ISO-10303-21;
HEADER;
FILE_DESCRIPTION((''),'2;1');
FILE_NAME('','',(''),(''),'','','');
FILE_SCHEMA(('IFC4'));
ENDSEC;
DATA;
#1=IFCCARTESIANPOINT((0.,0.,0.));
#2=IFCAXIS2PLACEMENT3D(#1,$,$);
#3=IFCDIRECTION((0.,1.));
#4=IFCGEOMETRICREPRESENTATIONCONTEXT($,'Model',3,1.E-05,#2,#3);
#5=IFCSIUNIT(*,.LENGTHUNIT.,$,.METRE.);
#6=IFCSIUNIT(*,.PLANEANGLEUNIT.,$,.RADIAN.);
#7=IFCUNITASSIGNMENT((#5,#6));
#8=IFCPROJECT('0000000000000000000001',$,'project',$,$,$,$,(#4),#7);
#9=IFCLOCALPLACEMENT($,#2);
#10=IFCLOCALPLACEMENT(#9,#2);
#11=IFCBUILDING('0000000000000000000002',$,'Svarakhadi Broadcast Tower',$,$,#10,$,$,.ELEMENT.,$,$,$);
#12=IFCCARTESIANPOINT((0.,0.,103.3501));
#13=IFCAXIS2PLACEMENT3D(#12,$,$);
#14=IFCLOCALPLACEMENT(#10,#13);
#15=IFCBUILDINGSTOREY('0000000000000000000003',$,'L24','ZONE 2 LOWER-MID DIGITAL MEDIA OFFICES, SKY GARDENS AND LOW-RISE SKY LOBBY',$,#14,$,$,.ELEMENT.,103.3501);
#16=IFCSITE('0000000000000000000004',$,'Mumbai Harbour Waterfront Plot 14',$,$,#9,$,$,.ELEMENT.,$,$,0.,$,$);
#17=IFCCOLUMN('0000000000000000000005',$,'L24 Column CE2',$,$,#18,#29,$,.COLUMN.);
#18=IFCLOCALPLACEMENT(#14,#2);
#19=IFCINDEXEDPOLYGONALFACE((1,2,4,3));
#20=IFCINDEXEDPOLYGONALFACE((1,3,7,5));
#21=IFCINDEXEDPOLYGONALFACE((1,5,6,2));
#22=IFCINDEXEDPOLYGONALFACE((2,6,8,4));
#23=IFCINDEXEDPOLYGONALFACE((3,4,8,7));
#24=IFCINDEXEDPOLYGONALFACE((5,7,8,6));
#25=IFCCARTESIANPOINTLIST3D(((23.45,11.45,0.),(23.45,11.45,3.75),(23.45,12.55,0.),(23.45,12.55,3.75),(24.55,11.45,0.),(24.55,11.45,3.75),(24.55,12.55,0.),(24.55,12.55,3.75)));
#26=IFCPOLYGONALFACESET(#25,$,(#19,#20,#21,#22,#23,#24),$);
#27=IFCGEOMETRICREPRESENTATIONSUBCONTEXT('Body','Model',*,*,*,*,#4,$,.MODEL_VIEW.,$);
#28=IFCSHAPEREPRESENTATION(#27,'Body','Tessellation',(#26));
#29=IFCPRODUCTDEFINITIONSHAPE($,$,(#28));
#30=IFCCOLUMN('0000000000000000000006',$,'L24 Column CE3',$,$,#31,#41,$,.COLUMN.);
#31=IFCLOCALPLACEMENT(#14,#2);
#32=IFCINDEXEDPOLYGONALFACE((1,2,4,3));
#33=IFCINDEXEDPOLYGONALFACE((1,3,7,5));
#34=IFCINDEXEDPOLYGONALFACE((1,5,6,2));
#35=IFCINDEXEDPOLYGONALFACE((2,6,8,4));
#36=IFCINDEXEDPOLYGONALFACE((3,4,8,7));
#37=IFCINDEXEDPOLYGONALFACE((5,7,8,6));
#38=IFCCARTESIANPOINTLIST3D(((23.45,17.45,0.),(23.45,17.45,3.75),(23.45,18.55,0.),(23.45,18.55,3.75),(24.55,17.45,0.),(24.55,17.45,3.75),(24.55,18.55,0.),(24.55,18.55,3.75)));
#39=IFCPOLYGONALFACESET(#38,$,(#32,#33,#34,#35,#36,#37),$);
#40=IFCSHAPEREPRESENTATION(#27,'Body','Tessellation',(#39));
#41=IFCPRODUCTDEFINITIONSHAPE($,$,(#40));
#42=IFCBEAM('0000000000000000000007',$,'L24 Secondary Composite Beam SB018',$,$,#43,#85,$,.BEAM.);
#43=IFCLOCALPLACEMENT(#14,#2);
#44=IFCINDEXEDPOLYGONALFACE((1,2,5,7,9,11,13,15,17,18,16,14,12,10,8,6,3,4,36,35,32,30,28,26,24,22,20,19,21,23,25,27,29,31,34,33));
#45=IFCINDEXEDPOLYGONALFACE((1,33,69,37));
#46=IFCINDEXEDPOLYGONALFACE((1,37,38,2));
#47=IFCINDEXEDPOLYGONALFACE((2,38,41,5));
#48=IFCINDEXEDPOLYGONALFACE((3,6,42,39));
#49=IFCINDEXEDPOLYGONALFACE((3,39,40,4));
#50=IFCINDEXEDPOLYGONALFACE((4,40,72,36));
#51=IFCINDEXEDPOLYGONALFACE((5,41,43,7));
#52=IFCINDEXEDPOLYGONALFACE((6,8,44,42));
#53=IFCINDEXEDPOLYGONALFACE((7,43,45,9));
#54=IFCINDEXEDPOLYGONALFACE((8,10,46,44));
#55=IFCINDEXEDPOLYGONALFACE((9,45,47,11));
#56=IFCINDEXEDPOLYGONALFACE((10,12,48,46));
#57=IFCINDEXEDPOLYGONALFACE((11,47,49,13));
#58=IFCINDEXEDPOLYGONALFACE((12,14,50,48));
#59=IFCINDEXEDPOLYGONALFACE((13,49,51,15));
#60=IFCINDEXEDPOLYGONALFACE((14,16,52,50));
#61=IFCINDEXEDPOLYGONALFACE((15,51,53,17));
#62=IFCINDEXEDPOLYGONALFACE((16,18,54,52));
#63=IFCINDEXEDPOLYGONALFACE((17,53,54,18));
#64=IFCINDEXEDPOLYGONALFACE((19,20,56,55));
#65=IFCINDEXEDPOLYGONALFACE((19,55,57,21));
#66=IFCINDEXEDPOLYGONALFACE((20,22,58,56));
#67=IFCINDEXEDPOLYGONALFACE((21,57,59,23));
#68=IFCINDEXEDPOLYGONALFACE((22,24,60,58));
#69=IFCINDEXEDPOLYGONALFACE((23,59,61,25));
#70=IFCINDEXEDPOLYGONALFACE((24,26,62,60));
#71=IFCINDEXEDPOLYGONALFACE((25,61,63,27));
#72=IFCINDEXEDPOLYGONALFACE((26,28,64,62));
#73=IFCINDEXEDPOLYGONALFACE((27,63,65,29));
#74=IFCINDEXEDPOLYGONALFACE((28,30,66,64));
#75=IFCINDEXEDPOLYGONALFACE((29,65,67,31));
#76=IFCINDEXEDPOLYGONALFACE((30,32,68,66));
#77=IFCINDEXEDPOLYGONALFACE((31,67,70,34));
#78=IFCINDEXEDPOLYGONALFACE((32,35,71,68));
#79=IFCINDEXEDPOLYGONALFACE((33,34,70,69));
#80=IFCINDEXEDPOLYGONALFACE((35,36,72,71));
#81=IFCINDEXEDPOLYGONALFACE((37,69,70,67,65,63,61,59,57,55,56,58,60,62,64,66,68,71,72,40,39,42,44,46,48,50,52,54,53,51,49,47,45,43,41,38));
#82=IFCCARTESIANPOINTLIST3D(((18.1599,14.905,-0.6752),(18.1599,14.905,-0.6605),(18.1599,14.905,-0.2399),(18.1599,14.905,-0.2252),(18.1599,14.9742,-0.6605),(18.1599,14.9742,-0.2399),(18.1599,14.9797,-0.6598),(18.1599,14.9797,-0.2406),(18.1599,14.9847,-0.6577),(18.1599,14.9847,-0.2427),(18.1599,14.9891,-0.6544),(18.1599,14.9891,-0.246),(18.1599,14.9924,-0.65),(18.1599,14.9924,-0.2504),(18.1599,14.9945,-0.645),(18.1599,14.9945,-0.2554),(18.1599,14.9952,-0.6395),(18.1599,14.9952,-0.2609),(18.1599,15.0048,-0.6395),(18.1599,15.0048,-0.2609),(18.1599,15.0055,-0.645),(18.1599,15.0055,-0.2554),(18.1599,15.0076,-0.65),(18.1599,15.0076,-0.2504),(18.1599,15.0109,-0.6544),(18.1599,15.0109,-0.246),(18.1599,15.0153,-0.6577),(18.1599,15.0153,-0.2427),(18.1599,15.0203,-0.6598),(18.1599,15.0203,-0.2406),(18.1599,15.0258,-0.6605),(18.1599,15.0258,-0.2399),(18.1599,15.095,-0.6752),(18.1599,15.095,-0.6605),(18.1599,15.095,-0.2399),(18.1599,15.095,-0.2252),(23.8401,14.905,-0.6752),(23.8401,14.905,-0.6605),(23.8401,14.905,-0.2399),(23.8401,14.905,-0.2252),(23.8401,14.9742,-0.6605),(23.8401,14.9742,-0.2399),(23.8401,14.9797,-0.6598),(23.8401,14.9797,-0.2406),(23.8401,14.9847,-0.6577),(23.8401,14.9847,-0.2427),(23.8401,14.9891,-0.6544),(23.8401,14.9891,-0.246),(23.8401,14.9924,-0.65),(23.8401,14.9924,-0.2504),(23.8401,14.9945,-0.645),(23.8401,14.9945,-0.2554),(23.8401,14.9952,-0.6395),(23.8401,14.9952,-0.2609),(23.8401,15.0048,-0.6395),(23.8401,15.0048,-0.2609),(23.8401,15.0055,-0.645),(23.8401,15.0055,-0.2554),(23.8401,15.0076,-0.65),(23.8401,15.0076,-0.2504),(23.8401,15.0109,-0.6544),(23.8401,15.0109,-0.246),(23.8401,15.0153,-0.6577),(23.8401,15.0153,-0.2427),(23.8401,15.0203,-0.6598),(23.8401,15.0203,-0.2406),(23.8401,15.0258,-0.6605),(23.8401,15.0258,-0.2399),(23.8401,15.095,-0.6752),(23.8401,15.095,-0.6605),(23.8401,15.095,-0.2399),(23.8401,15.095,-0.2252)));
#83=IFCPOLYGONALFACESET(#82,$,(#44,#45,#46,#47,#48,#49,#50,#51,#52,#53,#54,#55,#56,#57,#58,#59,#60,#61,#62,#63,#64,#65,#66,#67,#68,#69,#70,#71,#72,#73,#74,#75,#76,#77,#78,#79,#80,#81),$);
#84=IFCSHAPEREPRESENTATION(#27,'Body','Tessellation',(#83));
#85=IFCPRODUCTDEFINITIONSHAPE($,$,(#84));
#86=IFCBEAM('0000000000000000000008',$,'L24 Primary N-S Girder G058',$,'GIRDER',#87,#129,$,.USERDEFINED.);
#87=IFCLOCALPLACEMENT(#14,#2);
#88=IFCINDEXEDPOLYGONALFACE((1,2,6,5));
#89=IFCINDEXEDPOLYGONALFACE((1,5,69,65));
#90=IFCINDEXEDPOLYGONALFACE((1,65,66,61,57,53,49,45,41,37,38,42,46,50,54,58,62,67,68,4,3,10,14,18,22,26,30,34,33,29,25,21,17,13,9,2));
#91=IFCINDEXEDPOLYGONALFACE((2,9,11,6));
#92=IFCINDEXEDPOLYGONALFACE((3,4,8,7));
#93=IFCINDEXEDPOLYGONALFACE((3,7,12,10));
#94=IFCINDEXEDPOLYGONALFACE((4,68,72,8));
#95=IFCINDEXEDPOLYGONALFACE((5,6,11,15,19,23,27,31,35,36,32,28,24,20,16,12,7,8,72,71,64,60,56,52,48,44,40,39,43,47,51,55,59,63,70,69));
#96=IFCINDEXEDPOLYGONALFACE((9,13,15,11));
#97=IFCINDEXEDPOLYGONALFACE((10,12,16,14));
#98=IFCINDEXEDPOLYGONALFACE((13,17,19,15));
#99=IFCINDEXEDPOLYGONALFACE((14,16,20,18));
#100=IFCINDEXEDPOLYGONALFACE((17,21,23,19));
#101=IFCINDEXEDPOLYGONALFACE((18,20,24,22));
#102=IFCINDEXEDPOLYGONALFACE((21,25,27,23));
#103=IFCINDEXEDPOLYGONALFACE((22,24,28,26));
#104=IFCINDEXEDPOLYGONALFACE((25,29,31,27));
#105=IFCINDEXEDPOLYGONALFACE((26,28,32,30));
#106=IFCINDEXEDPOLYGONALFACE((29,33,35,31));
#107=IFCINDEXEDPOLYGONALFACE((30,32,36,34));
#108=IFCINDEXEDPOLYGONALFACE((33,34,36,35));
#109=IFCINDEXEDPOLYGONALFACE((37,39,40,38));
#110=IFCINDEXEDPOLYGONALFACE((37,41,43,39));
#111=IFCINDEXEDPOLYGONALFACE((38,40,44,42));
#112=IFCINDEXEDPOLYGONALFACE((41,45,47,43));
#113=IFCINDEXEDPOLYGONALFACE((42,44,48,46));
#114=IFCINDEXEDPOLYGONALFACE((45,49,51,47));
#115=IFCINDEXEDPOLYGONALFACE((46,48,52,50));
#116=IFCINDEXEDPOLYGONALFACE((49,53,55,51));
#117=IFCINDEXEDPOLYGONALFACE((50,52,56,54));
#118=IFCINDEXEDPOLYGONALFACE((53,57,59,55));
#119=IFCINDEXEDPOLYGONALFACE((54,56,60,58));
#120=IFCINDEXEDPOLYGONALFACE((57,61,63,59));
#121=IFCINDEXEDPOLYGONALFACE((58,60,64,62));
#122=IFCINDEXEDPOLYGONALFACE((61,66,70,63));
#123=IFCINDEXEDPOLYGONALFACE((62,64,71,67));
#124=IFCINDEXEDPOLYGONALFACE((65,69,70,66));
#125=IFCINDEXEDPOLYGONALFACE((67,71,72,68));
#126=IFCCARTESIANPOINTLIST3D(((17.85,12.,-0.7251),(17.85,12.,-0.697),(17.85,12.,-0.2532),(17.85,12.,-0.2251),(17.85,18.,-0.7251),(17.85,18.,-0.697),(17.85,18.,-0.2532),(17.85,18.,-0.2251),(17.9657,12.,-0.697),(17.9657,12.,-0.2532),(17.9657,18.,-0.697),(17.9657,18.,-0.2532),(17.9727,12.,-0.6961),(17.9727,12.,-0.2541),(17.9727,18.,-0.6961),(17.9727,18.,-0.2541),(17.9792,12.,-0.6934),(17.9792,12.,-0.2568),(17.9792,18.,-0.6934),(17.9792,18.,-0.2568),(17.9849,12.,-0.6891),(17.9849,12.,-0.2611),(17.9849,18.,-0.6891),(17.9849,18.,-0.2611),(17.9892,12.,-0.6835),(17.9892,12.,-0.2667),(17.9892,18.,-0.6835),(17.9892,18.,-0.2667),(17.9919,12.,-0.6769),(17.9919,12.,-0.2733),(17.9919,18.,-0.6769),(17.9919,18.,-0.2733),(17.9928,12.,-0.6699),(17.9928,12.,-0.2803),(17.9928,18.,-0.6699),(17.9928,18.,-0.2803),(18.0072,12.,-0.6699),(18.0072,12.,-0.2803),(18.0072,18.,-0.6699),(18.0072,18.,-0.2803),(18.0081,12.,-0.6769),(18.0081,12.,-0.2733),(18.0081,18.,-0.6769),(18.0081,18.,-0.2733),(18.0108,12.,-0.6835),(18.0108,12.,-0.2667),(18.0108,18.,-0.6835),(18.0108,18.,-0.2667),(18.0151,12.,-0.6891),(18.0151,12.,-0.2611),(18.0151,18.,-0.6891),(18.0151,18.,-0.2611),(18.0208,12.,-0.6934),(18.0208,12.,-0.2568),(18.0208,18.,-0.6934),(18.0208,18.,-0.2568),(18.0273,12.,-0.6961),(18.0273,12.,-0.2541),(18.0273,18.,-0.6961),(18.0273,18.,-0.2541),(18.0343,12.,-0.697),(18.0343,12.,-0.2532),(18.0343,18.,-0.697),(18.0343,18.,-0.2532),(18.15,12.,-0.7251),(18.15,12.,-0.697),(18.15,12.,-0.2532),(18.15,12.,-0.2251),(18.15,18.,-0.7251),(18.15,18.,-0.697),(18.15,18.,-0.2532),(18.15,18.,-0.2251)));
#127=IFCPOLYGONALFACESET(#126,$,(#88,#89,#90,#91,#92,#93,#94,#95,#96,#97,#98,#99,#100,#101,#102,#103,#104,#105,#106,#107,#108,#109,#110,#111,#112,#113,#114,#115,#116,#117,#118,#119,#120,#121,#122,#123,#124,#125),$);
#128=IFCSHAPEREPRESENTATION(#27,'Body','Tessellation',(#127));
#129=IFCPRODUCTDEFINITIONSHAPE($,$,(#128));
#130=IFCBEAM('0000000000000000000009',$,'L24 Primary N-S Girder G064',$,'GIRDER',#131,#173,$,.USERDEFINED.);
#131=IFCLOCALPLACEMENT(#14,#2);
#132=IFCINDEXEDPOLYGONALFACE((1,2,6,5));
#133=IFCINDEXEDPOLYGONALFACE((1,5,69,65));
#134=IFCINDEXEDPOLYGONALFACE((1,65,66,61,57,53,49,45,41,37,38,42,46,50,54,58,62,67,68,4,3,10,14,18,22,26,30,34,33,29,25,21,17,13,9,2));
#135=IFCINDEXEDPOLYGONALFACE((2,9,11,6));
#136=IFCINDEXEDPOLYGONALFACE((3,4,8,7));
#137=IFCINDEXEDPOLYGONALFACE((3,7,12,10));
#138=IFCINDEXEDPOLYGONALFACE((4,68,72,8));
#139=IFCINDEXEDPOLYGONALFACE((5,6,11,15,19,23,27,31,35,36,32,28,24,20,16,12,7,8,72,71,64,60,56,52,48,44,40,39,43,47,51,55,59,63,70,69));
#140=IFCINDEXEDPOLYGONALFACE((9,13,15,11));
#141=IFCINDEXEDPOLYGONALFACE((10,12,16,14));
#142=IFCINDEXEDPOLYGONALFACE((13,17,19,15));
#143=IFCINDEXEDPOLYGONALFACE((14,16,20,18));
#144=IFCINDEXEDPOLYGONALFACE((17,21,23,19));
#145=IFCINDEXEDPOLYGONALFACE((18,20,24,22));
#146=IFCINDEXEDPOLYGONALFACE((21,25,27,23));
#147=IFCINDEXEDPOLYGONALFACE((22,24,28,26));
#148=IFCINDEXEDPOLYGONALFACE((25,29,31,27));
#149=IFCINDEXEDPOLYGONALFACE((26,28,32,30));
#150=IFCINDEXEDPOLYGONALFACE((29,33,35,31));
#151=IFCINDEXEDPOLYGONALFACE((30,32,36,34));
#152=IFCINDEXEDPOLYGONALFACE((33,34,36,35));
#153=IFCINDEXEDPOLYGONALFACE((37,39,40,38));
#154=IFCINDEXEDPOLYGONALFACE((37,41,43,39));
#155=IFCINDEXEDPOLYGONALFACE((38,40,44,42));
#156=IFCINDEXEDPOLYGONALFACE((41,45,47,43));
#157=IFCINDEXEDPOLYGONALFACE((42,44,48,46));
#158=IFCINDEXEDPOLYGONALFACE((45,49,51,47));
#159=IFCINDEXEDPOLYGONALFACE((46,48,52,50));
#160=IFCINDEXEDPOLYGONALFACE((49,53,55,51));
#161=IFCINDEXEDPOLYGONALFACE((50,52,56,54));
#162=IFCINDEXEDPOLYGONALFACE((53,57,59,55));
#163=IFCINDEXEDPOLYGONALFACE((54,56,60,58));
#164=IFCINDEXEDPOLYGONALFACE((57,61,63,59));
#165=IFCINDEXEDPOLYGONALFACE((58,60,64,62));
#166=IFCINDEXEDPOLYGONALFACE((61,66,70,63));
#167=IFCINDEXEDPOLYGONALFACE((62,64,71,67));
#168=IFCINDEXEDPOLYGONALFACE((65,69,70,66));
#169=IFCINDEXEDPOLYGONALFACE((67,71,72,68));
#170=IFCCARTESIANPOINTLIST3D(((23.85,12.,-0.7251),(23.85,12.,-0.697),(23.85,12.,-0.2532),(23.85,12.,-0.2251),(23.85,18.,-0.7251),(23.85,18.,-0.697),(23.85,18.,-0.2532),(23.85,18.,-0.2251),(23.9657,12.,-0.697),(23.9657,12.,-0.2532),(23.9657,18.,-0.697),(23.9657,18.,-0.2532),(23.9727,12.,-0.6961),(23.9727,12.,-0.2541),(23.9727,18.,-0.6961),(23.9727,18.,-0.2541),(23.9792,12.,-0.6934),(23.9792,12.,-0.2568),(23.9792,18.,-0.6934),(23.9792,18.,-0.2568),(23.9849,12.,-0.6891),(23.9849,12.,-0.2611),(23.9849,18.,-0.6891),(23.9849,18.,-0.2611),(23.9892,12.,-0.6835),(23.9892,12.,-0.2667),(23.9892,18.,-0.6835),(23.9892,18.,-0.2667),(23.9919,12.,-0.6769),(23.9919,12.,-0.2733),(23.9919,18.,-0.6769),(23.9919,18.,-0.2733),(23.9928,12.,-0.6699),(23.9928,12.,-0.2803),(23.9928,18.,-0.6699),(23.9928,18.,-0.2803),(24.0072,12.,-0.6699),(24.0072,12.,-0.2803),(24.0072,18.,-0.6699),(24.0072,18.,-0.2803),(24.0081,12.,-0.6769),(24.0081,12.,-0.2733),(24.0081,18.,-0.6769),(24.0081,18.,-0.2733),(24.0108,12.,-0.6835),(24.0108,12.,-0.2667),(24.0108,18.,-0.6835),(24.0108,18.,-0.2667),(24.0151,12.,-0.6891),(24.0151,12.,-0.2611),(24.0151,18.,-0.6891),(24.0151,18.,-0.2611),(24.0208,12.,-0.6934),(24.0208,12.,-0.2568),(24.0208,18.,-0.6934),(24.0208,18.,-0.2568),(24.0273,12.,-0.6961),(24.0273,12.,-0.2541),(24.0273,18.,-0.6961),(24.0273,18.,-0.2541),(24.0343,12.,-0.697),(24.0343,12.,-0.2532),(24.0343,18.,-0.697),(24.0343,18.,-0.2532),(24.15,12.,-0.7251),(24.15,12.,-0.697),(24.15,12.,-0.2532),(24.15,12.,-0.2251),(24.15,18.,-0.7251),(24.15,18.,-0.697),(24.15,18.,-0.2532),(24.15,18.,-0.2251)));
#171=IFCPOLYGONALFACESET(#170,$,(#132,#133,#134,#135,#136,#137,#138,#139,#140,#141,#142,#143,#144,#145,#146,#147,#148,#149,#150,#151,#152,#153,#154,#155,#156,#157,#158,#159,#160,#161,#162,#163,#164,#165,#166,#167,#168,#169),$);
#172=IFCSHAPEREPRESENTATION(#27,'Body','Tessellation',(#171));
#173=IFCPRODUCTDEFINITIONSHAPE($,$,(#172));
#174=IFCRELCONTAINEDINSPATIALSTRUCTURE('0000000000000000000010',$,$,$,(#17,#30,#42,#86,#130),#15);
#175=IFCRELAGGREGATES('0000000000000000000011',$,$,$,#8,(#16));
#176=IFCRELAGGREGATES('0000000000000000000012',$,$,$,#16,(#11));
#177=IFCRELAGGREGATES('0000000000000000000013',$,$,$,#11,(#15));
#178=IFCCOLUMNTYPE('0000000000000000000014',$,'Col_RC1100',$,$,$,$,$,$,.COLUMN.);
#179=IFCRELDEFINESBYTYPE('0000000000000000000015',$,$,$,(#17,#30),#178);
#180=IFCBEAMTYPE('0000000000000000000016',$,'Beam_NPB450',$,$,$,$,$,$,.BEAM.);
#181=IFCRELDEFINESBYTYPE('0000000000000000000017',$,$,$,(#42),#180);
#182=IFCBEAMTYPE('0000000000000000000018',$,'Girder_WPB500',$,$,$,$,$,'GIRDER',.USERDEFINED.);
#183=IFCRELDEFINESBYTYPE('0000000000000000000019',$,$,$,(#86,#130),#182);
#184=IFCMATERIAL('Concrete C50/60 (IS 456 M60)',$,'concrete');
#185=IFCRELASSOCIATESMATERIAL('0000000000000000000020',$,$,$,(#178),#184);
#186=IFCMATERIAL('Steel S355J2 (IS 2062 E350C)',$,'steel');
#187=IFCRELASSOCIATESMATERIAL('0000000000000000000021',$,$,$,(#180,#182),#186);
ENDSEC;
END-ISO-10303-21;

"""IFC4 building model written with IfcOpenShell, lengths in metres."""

from ifc_helpers import new_model, si_unit, direction, frame, origin, origin_2d, place, context, subcontext, project, spatial, rectangle, i_section, extrude, material, material_profile, profile_set, type_object, element, save


model = new_model("IFC4")

# Units and contexts
model_context = context("Model", 3, precision=1e-05, world=origin(), true_north=direction((0.0, 1.0)))
body_context = subcontext(model_context, "Body", "Model", "MODEL_VIEW")
ifc_project = project(units=[si_unit("LENGTHUNIT", "METRE"), si_unit("PLANEANGLEUNIT", "RADIAN")], contexts=[model_context])

# Site, building, storey
site_placement = place(None, origin())
site = spatial("IfcSite", under=ifc_project, at=site_placement, Name="Mumbai Harbour Waterfront Plot 14", CompositionType="ELEMENT", RefElevation=0.0)
building_placement = place(site_placement, origin())
building = spatial("IfcBuilding", under=site, at=building_placement, Name="Svarakhadi Broadcast Tower", CompositionType="ELEMENT")
storey_placement = place(building_placement, frame((0.0, 0.0, 103.3501)))
storey = spatial("IfcBuildingStorey", under=building, at=storey_placement, Name="L24", Description="ZONE 2 LOWER-MID DIGITAL MEDIA OFFICES, SKY GARDENS AND LOW-RISE SKY LOBBY", CompositionType="ELEMENT", Elevation=103.3501)

# Columns
ifc_material_1 = material(Name="Concrete C50/60 (IS 456 M60)", Category="concrete")
ifc_material_profile_1 = material_profile(ifc_material_1, rectangle(XDim=1.1001, YDim=1.1001, at=origin_2d()), Name="RC 1100x1100")
ifc_profile_set_1 = profile_set([ifc_material_profile_1], Name="Concrete C50/60 (IS 456 M60)")
column_type = type_object("IfcColumnType", Name="Col_RC1100", PredefinedType="COLUMN", material=ifc_profile_set_1)
for number, where, z_axis, x_axis, name in (
    (1, (24.0, 12.0, 0.0), (0.0, 0.0, 1.0), (1.0, 0.0, 0.0), "L24 Column CE2"),
    (2, (24.0, 18.0, 0.0), (0.0, 0.0, 1.0), (1.0, 0.0, 0.0), "L24 Column CE3"),
):
    element("IfcColumn", number, at=place(storey_placement, frame(where, z_axis=z_axis, x_axis=x_axis)), inside=storey, type_object=column_type, Name=name, PredefinedType="COLUMN", context=body_context, shape_type="SweptSolid", body=[
        extrude(rectangle(XDim=1.1001, YDim=1.1001, at=origin_2d()), origin(), (0.0, 0.0, 1.0), 3.75),
    ])

# Beams
ifc_material_2 = material(Name="Steel S355J2 (IS 2062 E350C)", Category="steel")
ifc_material_profile_2 = material_profile(ifc_material_2, i_section(OverallWidth=0.1899, OverallDepth=0.45, WebThickness=0.0095, FlangeThickness=0.0146, FilletRadius=0.021, at=origin_2d()), Name="NPB 450x190x78")
ifc_profile_set_2 = profile_set([ifc_material_profile_2], Name="Steel S355J2 (IS 2062 E350C)")
beam_type_1 = type_object("IfcBeamType", Name="Beam_NPB450", PredefinedType="BEAM", material=ifc_profile_set_2)
beam_placement = place(storey_placement, frame((18.1599, 15.0, -0.4502), z_axis=(1.0, 0.0, 0.0), x_axis=(0.0, 1.0, 0.0)))
element("IfcBeam", 3, at=beam_placement, inside=storey, type_object=beam_type_1, Name="L24 Secondary Composite Beam SB018", PredefinedType="BEAM", context=body_context, shape_type="SweptSolid", body=[
    extrude(i_section(OverallWidth=0.1899, OverallDepth=0.45, WebThickness=0.0095, FlangeThickness=0.0146, FilletRadius=0.021, at=origin_2d()), origin(), (0.0, 0.0, 1.0), 5.6802),
])
ifc_material_profile_3 = material_profile(ifc_material_2, i_section(OverallWidth=0.3, OverallDepth=0.5, WebThickness=0.0144, FlangeThickness=0.0281, FilletRadius=0.0271, at=origin_2d()), Name="WPB 500x300x187")
ifc_profile_set_3 = profile_set([ifc_material_profile_3], Name="Steel S355J2 (IS 2062 E350C)")
beam_type_2 = type_object("IfcBeamType", Name="Girder_WPB500", ElementType="GIRDER", PredefinedType="USERDEFINED", material=ifc_profile_set_3)
for number, where, z_axis, x_axis, name in (
    (4, (18.0, 12.0, -0.4751), (0.0, 1.0, 0.0), (-1.0, 0.0, 0.0), "L24 Primary N-S Girder G058"),
    (5, (24.0, 12.0, -0.4751), (0.0, 1.0, 0.0), (-1.0, 0.0, 0.0), "L24 Primary N-S Girder G064"),
):
    element("IfcBeam", number, at=place(storey_placement, frame(where, z_axis=z_axis, x_axis=x_axis)), inside=storey, type_object=beam_type_2, Name=name, ObjectType="GIRDER", PredefinedType="USERDEFINED", context=body_context, shape_type="SweptSolid", body=[
        extrude(i_section(OverallWidth=0.3, OverallDepth=0.5, WebThickness=0.0144, FlangeThickness=0.0281, FilletRadius=0.0271, at=origin_2d()), origin(), (0.0, 0.0, 1.0), 6.0),
    ])

save(model, "model.ifc")
